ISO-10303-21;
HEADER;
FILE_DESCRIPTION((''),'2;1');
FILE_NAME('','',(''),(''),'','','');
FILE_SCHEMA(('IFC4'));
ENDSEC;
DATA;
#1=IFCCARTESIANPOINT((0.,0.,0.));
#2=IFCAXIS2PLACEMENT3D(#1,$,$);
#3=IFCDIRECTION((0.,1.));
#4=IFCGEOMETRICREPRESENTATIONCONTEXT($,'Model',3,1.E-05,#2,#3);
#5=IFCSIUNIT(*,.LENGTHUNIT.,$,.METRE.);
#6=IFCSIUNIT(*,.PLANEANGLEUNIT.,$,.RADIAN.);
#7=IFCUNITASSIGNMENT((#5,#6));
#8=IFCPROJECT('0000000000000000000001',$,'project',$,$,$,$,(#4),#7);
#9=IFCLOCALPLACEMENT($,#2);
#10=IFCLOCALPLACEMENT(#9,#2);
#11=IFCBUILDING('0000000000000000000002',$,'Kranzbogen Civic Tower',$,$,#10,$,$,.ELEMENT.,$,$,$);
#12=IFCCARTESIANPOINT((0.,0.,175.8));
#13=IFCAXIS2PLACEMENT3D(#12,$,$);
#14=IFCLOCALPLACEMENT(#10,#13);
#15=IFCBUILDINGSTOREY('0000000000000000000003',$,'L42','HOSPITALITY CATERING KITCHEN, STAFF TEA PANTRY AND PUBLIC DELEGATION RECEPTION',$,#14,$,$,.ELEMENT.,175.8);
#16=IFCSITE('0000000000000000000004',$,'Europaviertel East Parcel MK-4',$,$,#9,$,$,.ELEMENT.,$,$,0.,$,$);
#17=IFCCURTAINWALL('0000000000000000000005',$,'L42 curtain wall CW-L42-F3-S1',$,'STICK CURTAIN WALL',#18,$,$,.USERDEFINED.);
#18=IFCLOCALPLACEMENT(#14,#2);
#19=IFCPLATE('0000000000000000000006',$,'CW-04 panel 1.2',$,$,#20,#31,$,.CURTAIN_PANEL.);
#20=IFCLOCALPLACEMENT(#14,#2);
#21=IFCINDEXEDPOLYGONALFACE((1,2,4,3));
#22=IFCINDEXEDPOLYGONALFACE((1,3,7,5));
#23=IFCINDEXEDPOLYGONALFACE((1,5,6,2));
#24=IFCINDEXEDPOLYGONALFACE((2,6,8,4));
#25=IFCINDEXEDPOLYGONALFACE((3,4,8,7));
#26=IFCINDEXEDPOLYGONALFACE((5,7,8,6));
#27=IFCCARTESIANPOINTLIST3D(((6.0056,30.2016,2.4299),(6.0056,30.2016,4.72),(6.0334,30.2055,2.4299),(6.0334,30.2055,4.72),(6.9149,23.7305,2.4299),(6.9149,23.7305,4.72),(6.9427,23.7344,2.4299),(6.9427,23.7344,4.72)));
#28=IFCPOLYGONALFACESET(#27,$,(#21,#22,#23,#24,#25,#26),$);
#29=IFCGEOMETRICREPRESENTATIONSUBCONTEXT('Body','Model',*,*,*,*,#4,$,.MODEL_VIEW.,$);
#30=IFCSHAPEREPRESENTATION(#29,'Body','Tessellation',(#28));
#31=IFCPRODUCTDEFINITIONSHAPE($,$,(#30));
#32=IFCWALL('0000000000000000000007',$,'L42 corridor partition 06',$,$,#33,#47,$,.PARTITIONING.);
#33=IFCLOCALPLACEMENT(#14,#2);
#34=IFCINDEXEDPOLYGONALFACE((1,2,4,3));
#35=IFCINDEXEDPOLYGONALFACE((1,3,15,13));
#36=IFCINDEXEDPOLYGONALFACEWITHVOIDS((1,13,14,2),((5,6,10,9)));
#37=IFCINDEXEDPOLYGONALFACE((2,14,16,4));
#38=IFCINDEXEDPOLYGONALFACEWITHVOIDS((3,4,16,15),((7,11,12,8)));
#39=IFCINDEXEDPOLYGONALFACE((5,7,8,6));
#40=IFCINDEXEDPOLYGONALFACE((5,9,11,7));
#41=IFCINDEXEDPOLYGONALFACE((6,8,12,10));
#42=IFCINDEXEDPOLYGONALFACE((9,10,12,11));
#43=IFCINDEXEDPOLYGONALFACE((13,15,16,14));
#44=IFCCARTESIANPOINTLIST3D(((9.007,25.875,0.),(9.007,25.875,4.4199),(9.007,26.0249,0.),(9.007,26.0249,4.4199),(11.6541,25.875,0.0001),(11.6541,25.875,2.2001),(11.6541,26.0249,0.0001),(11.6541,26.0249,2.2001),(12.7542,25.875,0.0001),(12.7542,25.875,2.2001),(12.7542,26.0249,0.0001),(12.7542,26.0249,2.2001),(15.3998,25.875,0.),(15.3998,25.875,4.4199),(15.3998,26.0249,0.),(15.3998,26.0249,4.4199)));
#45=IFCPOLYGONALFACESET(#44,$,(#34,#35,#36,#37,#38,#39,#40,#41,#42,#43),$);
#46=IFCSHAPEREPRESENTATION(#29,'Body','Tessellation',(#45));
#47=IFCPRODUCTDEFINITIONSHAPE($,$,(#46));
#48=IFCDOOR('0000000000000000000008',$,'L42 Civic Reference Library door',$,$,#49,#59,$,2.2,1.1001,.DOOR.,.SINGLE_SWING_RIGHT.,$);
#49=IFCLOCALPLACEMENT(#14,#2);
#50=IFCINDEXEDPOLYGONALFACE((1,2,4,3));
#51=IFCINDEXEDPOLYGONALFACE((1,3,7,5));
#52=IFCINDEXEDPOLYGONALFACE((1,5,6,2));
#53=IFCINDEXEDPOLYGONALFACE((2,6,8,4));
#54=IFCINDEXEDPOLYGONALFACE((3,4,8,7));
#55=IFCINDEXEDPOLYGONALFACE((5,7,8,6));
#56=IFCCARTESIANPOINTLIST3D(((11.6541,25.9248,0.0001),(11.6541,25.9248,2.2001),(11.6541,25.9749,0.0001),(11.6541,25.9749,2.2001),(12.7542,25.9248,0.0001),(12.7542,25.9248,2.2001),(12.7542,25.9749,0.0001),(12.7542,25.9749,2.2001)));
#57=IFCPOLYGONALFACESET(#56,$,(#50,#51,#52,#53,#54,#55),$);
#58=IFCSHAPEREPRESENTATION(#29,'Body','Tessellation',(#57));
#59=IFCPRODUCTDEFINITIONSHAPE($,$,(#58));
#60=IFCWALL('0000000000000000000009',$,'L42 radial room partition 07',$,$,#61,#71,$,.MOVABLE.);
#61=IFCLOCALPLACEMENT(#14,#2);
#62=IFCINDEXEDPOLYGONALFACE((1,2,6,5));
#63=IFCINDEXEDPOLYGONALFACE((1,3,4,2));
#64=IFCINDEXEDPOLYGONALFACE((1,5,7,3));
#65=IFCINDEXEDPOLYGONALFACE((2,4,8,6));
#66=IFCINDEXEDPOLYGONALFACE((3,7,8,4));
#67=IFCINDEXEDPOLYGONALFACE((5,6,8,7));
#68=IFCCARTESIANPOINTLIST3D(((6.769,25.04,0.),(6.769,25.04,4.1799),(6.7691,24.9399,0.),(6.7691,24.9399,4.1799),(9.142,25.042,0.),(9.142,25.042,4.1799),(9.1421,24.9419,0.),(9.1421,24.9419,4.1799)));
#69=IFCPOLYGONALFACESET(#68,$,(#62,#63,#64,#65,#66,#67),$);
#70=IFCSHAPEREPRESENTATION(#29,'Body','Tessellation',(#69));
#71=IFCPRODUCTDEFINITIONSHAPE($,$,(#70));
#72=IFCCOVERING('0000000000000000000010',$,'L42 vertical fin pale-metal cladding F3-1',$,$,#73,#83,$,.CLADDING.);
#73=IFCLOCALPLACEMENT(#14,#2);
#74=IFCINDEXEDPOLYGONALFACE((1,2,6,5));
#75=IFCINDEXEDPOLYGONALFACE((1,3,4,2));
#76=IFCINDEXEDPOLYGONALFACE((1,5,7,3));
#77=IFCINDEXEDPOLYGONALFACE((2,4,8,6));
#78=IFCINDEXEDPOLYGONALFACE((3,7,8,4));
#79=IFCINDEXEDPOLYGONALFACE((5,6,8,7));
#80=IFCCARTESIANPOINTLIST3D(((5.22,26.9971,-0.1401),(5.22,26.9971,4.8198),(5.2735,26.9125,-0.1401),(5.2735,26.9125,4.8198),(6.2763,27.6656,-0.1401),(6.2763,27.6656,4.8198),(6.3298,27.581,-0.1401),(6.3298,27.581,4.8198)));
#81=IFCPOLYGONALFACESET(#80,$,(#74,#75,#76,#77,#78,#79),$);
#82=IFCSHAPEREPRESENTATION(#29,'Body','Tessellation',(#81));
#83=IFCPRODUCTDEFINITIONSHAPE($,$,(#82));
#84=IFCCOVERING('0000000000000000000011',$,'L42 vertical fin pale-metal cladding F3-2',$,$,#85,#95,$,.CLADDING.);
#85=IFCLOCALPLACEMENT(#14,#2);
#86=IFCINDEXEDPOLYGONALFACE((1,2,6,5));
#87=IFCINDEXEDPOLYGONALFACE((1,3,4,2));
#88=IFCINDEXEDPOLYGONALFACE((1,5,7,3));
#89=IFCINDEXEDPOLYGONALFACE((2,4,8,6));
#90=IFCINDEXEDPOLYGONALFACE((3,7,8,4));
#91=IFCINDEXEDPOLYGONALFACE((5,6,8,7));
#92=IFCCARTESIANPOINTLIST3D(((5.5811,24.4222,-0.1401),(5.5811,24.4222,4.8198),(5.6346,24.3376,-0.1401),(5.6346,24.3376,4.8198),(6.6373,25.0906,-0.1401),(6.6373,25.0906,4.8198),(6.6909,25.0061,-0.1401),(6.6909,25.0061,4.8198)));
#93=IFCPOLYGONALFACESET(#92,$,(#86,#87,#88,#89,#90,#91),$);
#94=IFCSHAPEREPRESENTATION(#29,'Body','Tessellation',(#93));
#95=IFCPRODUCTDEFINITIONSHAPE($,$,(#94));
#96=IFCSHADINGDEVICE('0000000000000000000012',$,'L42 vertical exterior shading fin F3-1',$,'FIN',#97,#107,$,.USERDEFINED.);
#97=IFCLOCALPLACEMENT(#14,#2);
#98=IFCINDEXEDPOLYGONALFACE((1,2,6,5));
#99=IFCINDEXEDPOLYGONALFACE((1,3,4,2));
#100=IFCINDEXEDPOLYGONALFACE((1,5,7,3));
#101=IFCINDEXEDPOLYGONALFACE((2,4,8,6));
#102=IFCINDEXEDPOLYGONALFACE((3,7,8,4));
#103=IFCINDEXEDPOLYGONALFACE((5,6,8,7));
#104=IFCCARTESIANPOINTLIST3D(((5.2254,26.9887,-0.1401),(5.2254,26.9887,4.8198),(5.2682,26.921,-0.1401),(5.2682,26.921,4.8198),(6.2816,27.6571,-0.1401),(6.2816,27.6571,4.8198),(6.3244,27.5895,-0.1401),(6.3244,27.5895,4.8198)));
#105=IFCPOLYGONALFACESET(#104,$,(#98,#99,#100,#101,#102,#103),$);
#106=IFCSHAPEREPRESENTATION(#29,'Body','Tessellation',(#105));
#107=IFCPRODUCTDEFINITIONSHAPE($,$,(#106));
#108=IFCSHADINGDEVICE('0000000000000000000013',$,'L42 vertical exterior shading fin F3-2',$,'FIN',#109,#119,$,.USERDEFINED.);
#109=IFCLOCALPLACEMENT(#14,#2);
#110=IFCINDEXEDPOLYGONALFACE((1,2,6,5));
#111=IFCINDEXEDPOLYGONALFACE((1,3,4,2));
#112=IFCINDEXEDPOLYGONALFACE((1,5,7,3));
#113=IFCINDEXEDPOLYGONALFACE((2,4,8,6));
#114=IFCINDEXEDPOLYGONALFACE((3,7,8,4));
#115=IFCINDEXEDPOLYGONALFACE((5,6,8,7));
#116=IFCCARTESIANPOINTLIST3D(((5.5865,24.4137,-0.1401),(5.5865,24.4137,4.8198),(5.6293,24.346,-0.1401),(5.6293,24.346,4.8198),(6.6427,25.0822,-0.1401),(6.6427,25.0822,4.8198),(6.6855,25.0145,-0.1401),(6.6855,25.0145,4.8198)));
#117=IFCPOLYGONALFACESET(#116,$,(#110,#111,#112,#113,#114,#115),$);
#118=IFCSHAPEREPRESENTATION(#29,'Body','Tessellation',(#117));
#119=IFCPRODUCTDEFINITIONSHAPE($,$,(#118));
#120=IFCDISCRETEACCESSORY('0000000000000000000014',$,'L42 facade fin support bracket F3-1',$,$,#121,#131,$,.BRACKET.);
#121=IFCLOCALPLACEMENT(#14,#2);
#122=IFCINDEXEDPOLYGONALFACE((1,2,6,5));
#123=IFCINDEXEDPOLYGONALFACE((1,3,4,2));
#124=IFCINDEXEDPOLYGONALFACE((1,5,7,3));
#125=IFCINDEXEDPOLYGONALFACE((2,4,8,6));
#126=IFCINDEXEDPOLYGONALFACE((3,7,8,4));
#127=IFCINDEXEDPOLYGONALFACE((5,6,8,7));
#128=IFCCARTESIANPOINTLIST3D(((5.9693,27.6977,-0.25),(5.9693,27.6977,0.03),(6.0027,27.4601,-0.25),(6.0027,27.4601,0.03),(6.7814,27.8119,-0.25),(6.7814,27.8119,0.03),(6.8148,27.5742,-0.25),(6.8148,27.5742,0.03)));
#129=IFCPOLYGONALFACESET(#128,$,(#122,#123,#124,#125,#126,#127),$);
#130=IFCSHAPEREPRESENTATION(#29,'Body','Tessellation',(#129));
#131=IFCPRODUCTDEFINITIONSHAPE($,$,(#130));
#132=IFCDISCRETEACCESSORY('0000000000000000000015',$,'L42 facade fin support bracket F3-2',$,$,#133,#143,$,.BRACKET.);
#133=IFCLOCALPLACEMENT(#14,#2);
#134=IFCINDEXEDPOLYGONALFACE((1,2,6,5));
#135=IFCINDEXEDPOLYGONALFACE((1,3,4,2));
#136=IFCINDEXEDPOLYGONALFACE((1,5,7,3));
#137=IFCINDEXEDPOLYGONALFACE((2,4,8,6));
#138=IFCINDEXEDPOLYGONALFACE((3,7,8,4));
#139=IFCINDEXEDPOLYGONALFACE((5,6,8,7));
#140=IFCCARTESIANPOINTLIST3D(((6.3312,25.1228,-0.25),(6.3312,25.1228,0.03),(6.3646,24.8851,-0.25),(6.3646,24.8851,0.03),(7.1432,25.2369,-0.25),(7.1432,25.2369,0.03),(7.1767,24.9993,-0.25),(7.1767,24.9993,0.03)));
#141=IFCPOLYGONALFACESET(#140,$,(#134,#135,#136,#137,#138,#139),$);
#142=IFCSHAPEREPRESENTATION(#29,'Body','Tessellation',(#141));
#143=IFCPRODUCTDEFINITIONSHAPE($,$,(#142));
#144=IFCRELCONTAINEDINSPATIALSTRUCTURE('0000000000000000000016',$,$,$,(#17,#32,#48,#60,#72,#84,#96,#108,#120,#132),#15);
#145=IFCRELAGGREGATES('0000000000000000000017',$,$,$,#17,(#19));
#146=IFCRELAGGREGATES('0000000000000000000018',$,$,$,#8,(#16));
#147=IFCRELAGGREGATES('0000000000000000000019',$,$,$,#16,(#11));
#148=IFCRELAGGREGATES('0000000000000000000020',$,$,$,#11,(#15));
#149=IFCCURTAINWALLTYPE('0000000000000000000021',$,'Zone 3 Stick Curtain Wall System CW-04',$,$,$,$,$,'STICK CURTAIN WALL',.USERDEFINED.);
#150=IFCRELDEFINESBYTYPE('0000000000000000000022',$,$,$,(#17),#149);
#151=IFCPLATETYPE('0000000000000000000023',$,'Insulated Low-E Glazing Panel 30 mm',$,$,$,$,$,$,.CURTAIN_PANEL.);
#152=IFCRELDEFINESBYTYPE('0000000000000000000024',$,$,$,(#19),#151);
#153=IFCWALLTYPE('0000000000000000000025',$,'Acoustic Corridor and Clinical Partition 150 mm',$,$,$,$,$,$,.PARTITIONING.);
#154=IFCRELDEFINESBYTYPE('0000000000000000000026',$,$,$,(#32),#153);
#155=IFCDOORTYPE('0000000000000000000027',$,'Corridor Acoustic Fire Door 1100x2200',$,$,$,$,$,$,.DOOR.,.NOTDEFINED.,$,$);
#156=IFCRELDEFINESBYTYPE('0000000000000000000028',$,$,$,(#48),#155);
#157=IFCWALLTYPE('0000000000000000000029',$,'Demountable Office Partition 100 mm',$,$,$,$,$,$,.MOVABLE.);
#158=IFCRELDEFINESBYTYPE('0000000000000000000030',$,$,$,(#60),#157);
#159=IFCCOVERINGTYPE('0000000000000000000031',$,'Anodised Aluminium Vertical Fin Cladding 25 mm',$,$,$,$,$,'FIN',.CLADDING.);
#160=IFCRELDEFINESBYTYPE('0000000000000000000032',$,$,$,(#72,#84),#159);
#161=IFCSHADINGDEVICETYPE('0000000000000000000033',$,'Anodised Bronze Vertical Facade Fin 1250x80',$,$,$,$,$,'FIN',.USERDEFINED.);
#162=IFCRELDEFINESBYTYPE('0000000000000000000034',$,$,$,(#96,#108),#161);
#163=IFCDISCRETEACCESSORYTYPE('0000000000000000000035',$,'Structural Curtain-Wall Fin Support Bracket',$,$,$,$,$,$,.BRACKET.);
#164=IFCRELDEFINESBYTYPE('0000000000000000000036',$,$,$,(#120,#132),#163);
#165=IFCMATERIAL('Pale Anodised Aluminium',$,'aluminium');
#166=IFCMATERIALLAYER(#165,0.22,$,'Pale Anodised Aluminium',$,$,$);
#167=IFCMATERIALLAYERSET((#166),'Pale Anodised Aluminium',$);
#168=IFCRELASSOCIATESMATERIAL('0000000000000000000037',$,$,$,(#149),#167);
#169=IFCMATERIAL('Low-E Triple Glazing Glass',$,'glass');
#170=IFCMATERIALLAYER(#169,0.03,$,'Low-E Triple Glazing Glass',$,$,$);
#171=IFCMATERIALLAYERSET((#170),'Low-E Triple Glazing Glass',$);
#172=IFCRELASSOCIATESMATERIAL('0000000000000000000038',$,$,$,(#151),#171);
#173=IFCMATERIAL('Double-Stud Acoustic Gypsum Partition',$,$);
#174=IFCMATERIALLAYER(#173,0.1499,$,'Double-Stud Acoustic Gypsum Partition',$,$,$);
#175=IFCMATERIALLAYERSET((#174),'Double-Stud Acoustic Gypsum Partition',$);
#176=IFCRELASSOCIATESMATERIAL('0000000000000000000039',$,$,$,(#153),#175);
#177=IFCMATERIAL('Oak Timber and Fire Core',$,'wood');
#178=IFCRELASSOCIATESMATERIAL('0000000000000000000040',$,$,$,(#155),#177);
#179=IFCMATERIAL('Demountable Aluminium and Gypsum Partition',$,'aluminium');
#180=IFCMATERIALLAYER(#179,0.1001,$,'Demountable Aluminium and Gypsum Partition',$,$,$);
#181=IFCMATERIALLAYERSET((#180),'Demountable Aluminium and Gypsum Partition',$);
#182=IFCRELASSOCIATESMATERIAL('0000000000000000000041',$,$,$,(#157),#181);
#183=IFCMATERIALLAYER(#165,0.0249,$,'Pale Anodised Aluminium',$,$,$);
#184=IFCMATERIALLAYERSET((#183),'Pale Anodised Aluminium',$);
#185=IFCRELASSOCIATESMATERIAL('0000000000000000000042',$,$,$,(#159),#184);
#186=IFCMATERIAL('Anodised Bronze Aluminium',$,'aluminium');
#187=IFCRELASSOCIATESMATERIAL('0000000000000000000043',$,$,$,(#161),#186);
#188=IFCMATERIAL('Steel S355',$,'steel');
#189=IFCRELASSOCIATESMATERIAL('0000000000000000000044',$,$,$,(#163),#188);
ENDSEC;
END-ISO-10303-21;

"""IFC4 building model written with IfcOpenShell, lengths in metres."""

from ifc_helpers import new_model, si_unit, direction, frame, frame_2d, origin, origin_2d, place, context, subcontext, project, spatial, rectangle, extrude, material, layer, layer_set, type_object, element, fill, aggregate, save


model = new_model("IFC4")

# Units and contexts
model_context = context("Model", 3, precision=1e-05, world=origin(), true_north=direction((0.0, 1.0)))
body_context = subcontext(model_context, "Body", "Model", "MODEL_VIEW")
ifc_project = project(units=[si_unit("LENGTHUNIT", "METRE"), si_unit("PLANEANGLEUNIT", "RADIAN")], contexts=[model_context])

# Site, building, storey
site_placement = place(None, origin())
site = spatial("IfcSite", under=ifc_project, at=site_placement, Name="Europaviertel East Parcel MK-4", CompositionType="ELEMENT", RefElevation=0.0)
building_placement = place(site_placement, origin())
building = spatial("IfcBuilding", under=site, at=building_placement, Name="Kranzbogen Civic Tower", CompositionType="ELEMENT")
storey_placement = place(building_placement, frame((0.0, 0.0, 175.8)))
storey = spatial("IfcBuildingStorey", under=building, at=storey_placement, Name="L42", Description="HOSPITALITY CATERING KITCHEN, STAFF TEA PANTRY AND PUBLIC DELEGATION RECEPTION", CompositionType="ELEMENT", Elevation=175.8)

# Shared definitions
ifc_material_1 = material(Name="Steel S355", Category="steel")

# Shared definitions
ifc_material_2 = material(Name="Pale Anodised Aluminium", Category="aluminium")

# Curtain wall
ifc_layer_1 = layer(ifc_material_2, 0.22, Name="Pale Anodised Aluminium")
ifc_layer_set_1 = layer_set([ifc_layer_1], Name="Pale Anodised Aluminium")
curtain_wall_type_1 = type_object("IfcCurtainWallType", Name="Zone 3 Stick Curtain Wall System CW-04", ElementType="STICK CURTAIN WALL", PredefinedType="USERDEFINED", material=ifc_layer_set_1)
curtain_wall_1_placement = place(storey_placement, origin())
curtain_wall_1 = element("IfcCurtainWall", 1, at=curtain_wall_1_placement, inside=storey, type_object=curtain_wall_type_1, Name="L42 curtain wall CW-L42-F3-S1", ObjectType="STICK CURTAIN WALL", PredefinedType="USERDEFINED")

# Plate
ifc_material_3 = material(Name="Low-E Triple Glazing Glass", Category="glass")
ifc_layer_2 = layer(ifc_material_3, 0.03, Name="Low-E Triple Glazing Glass")
ifc_layer_set_2 = layer_set([ifc_layer_2], Name="Low-E Triple Glazing Glass")
plate_type = type_object("IfcPlateType", Name="Insulated Low-E Glazing Panel 30 mm", PredefinedType="CURTAIN_PANEL", material=ifc_layer_set_2)
plate_1_placement = place(storey_placement, frame((6.4741, 26.968, 2.4299), z_axis=(0.0, 0.0, 1.0), x_axis=(0.139149, -0.990271, 0.0)))
plate_1 = element("IfcPlate", 2, at=plate_1_placement, type_object=plate_type, Name="CW-04 panel 1.2", PredefinedType="CURTAIN_PANEL", context=body_context, shape_type="SweptSolid", body=[
    extrude(rectangle(XDim=6.5347, YDim=0.0281, at=origin_2d()), origin(), (0.0, 0.0, 1.0), 2.29),
])
aggregate(curtain_wall_1, [plate_1])

# Wall, opening, door
ifc_material_4 = material(Name="Double-Stud Acoustic Gypsum Partition")
ifc_layer_3 = layer(ifc_material_4, 0.1499, Name="Double-Stud Acoustic Gypsum Partition")
ifc_layer_set_3 = layer_set([ifc_layer_3], Name="Double-Stud Acoustic Gypsum Partition")
wall_type_1 = type_object("IfcWallType", Name="Acoustic Corridor and Clinical Partition 150 mm", PredefinedType="PARTITIONING", material=ifc_layer_set_3)
wall_1_placement = place(storey_placement, frame((9.0071, 25.95, 0.0), z_axis=(0.0, 0.0, 1.0), x_axis=(1.0, 0.0, 0.0)))
wall_1 = element("IfcWall", 3, at=wall_1_placement, inside=storey, type_object=wall_type_1, Name="L42 corridor partition 06", PredefinedType="PARTITIONING", context=body_context, shape_type="SweptSolid", body=[
    extrude(rectangle(XDim=6.3928, YDim=0.1499, at=frame_2d((3.1963, 0.0))), origin(), (0.0, 0.0, 1.0), 4.4199),
])
opening_placement = place(wall_1_placement, frame((2.647, 0.0, 0.0)))
opening = element("IfcOpeningElement", 4, at=opening_placement, cuts=wall_1, PredefinedType="OPENING", context=body_context, shape_type="SweptSolid", body=[
    extrude(rectangle(XDim=1.1001, YDim=2.2, at=frame_2d((0.55, 1.1001))), frame((0.0, 0.085, 0.0), z_axis=(0.0, -1.0, 0.0), x_axis=(1.0, 0.0, 0.0)), (0.0, 0.0, 1.0), 0.1699),
])
ifc_material_5 = material(Name="Oak Timber and Fire Core", Category="wood")
door_type = type_object("IfcDoorType", Name="Corridor Acoustic Fire Door 1100x2200", OperationType="NOTDEFINED", PredefinedType="DOOR", material=ifc_material_5)
door_placement = place(opening_placement, origin())
door = element("IfcDoor", 5, at=door_placement, inside=storey, type_object=door_type, Name="L42 Civic Reference Library door", OperationType="SINGLE_SWING_RIGHT", OverallHeight=2.2, OverallWidth=1.1001, PredefinedType="DOOR", context=body_context, shape_type="SweptSolid", body=[
    extrude(rectangle(XDim=1.1001, YDim=2.2, at=frame_2d((0.55, 1.1001))), frame((0.0, 0.0249, 0.0), z_axis=(0.0, -1.0, 0.0), x_axis=(1.0, 0.0, 0.0)), (0.0, 0.0, 1.0), 0.05),
])
fill(opening, door)

# Wall
ifc_material_6 = material(Name="Demountable Aluminium and Gypsum Partition", Category="aluminium")
ifc_layer_4 = layer(ifc_material_6, 0.1001, Name="Demountable Aluminium and Gypsum Partition")
ifc_layer_set_4 = layer_set([ifc_layer_4], Name="Demountable Aluminium and Gypsum Partition")
wall_type_2 = type_object("IfcWallType", Name="Demountable Office Partition 100 mm", PredefinedType="MOVABLE", material=ifc_layer_set_4)
wall_2_placement = place(storey_placement, frame((9.1421, 24.9919, 0.0), z_axis=(0.0, 0.0, 1.0), x_axis=(-1.0, -0.000823, 0.0)))
element("IfcWall", 6, at=wall_2_placement, inside=storey, type_object=wall_type_2, Name="L42 radial room partition 07", PredefinedType="MOVABLE", context=body_context, shape_type="SweptSolid", body=[
    extrude(rectangle(XDim=2.373, YDim=0.1001, at=frame_2d((1.1865, 0.0))), origin(), (0.0, 0.0, 1.0), 4.1799),
])

# Coverings
ifc_layer_5 = layer(ifc_material_2, 0.0249, Name="Pale Anodised Aluminium")
ifc_layer_set_5 = layer_set([ifc_layer_5], Name="Pale Anodised Aluminium")
covering_type = type_object("IfcCoveringType", Name="Anodised Aluminium Vertical Fin Cladding 25 mm", ElementType="FIN", PredefinedType="CLADDING", material=ifc_layer_set_5)
for number, where, z_axis, x_axis, name in (
    (7, (5.7749, 27.2891, -0.1401), (0.0, 0.0, 1.0), (-0.844991, -0.53478, 0.0), "L42 vertical fin pale-metal cladding F3-1"),
    (8, (6.136, 24.7141, -0.1401), (0.0, 0.0, 1.0), (-0.844991, -0.53478, 0.0), "L42 vertical fin pale-metal cladding F3-2"),
):
    element("IfcCovering", number, at=place(storey_placement, frame(where, z_axis=z_axis, x_axis=x_axis)), inside=storey, type_object=covering_type, Name=name, PredefinedType="CLADDING", context=body_context, shape_type="SweptSolid", body=[
        extrude(rectangle(XDim=1.25, YDim=0.1001, at=origin_2d()), origin(), (0.0, 0.0, 1.0), 4.96),
    ])

# Shading devices
ifc_material_7 = material(Name="Anodised Bronze Aluminium", Category="aluminium")
shading_device_type = type_object("IfcShadingDeviceType", Name="Anodised Bronze Vertical Facade Fin 1250x80", ElementType="FIN", PredefinedType="USERDEFINED", material=ifc_material_7)
for number, where, z_axis, x_axis, name in (
    (9, (5.7749, 27.2891, -0.1401), (0.0, 0.0, 1.0), (-0.844991, -0.53478, 0.0), "L42 vertical exterior shading fin F3-1"),
    (10, (6.136, 24.7141, -0.1401), (0.0, 0.0, 1.0), (-0.844991, -0.53478, 0.0), "L42 vertical exterior shading fin F3-2"),
):
    element("IfcShadingDevice", number, at=place(storey_placement, frame(where, z_axis=z_axis, x_axis=x_axis)), inside=storey, type_object=shading_device_type, Name=name, ObjectType="FIN", PredefinedType="USERDEFINED", context=body_context, shape_type="SweptSolid", body=[
        extrude(rectangle(XDim=1.25, YDim=0.0801, at=origin_2d()), origin(), (0.0, 0.0, 1.0), 4.96),
    ])

# Discrete accessories
discrete_accessory_type = type_object("IfcDiscreteAccessoryType", Name="Structural Curtain-Wall Fin Support Bracket", PredefinedType="BRACKET", material=ifc_material_1)
for number, where, z_axis, x_axis, name in (
    (11, (6.3921, 27.636, -0.25), (0.0, 0.0, 1.0), (-0.990268, -0.139173, 0.0), "L42 facade fin support bracket F3-1"),
    (12, (6.7539, 25.061, -0.25), (0.0, 0.0, 1.0), (-0.990268, -0.139173, 0.0), "L42 facade fin support bracket F3-2"),
):
    element("IfcDiscreteAccessory", number, at=place(storey_placement, frame(where, z_axis=z_axis, x_axis=x_axis)), inside=storey, type_object=discrete_accessory_type, Name=name, PredefinedType="BRACKET", context=body_context, shape_type="SweptSolid", body=[
        extrude(rectangle(XDim=0.8201, YDim=0.24, at=origin_2d()), origin(), (0.0, 0.0, 1.0), 0.28),
    ])

save(model, "model.ifc")
